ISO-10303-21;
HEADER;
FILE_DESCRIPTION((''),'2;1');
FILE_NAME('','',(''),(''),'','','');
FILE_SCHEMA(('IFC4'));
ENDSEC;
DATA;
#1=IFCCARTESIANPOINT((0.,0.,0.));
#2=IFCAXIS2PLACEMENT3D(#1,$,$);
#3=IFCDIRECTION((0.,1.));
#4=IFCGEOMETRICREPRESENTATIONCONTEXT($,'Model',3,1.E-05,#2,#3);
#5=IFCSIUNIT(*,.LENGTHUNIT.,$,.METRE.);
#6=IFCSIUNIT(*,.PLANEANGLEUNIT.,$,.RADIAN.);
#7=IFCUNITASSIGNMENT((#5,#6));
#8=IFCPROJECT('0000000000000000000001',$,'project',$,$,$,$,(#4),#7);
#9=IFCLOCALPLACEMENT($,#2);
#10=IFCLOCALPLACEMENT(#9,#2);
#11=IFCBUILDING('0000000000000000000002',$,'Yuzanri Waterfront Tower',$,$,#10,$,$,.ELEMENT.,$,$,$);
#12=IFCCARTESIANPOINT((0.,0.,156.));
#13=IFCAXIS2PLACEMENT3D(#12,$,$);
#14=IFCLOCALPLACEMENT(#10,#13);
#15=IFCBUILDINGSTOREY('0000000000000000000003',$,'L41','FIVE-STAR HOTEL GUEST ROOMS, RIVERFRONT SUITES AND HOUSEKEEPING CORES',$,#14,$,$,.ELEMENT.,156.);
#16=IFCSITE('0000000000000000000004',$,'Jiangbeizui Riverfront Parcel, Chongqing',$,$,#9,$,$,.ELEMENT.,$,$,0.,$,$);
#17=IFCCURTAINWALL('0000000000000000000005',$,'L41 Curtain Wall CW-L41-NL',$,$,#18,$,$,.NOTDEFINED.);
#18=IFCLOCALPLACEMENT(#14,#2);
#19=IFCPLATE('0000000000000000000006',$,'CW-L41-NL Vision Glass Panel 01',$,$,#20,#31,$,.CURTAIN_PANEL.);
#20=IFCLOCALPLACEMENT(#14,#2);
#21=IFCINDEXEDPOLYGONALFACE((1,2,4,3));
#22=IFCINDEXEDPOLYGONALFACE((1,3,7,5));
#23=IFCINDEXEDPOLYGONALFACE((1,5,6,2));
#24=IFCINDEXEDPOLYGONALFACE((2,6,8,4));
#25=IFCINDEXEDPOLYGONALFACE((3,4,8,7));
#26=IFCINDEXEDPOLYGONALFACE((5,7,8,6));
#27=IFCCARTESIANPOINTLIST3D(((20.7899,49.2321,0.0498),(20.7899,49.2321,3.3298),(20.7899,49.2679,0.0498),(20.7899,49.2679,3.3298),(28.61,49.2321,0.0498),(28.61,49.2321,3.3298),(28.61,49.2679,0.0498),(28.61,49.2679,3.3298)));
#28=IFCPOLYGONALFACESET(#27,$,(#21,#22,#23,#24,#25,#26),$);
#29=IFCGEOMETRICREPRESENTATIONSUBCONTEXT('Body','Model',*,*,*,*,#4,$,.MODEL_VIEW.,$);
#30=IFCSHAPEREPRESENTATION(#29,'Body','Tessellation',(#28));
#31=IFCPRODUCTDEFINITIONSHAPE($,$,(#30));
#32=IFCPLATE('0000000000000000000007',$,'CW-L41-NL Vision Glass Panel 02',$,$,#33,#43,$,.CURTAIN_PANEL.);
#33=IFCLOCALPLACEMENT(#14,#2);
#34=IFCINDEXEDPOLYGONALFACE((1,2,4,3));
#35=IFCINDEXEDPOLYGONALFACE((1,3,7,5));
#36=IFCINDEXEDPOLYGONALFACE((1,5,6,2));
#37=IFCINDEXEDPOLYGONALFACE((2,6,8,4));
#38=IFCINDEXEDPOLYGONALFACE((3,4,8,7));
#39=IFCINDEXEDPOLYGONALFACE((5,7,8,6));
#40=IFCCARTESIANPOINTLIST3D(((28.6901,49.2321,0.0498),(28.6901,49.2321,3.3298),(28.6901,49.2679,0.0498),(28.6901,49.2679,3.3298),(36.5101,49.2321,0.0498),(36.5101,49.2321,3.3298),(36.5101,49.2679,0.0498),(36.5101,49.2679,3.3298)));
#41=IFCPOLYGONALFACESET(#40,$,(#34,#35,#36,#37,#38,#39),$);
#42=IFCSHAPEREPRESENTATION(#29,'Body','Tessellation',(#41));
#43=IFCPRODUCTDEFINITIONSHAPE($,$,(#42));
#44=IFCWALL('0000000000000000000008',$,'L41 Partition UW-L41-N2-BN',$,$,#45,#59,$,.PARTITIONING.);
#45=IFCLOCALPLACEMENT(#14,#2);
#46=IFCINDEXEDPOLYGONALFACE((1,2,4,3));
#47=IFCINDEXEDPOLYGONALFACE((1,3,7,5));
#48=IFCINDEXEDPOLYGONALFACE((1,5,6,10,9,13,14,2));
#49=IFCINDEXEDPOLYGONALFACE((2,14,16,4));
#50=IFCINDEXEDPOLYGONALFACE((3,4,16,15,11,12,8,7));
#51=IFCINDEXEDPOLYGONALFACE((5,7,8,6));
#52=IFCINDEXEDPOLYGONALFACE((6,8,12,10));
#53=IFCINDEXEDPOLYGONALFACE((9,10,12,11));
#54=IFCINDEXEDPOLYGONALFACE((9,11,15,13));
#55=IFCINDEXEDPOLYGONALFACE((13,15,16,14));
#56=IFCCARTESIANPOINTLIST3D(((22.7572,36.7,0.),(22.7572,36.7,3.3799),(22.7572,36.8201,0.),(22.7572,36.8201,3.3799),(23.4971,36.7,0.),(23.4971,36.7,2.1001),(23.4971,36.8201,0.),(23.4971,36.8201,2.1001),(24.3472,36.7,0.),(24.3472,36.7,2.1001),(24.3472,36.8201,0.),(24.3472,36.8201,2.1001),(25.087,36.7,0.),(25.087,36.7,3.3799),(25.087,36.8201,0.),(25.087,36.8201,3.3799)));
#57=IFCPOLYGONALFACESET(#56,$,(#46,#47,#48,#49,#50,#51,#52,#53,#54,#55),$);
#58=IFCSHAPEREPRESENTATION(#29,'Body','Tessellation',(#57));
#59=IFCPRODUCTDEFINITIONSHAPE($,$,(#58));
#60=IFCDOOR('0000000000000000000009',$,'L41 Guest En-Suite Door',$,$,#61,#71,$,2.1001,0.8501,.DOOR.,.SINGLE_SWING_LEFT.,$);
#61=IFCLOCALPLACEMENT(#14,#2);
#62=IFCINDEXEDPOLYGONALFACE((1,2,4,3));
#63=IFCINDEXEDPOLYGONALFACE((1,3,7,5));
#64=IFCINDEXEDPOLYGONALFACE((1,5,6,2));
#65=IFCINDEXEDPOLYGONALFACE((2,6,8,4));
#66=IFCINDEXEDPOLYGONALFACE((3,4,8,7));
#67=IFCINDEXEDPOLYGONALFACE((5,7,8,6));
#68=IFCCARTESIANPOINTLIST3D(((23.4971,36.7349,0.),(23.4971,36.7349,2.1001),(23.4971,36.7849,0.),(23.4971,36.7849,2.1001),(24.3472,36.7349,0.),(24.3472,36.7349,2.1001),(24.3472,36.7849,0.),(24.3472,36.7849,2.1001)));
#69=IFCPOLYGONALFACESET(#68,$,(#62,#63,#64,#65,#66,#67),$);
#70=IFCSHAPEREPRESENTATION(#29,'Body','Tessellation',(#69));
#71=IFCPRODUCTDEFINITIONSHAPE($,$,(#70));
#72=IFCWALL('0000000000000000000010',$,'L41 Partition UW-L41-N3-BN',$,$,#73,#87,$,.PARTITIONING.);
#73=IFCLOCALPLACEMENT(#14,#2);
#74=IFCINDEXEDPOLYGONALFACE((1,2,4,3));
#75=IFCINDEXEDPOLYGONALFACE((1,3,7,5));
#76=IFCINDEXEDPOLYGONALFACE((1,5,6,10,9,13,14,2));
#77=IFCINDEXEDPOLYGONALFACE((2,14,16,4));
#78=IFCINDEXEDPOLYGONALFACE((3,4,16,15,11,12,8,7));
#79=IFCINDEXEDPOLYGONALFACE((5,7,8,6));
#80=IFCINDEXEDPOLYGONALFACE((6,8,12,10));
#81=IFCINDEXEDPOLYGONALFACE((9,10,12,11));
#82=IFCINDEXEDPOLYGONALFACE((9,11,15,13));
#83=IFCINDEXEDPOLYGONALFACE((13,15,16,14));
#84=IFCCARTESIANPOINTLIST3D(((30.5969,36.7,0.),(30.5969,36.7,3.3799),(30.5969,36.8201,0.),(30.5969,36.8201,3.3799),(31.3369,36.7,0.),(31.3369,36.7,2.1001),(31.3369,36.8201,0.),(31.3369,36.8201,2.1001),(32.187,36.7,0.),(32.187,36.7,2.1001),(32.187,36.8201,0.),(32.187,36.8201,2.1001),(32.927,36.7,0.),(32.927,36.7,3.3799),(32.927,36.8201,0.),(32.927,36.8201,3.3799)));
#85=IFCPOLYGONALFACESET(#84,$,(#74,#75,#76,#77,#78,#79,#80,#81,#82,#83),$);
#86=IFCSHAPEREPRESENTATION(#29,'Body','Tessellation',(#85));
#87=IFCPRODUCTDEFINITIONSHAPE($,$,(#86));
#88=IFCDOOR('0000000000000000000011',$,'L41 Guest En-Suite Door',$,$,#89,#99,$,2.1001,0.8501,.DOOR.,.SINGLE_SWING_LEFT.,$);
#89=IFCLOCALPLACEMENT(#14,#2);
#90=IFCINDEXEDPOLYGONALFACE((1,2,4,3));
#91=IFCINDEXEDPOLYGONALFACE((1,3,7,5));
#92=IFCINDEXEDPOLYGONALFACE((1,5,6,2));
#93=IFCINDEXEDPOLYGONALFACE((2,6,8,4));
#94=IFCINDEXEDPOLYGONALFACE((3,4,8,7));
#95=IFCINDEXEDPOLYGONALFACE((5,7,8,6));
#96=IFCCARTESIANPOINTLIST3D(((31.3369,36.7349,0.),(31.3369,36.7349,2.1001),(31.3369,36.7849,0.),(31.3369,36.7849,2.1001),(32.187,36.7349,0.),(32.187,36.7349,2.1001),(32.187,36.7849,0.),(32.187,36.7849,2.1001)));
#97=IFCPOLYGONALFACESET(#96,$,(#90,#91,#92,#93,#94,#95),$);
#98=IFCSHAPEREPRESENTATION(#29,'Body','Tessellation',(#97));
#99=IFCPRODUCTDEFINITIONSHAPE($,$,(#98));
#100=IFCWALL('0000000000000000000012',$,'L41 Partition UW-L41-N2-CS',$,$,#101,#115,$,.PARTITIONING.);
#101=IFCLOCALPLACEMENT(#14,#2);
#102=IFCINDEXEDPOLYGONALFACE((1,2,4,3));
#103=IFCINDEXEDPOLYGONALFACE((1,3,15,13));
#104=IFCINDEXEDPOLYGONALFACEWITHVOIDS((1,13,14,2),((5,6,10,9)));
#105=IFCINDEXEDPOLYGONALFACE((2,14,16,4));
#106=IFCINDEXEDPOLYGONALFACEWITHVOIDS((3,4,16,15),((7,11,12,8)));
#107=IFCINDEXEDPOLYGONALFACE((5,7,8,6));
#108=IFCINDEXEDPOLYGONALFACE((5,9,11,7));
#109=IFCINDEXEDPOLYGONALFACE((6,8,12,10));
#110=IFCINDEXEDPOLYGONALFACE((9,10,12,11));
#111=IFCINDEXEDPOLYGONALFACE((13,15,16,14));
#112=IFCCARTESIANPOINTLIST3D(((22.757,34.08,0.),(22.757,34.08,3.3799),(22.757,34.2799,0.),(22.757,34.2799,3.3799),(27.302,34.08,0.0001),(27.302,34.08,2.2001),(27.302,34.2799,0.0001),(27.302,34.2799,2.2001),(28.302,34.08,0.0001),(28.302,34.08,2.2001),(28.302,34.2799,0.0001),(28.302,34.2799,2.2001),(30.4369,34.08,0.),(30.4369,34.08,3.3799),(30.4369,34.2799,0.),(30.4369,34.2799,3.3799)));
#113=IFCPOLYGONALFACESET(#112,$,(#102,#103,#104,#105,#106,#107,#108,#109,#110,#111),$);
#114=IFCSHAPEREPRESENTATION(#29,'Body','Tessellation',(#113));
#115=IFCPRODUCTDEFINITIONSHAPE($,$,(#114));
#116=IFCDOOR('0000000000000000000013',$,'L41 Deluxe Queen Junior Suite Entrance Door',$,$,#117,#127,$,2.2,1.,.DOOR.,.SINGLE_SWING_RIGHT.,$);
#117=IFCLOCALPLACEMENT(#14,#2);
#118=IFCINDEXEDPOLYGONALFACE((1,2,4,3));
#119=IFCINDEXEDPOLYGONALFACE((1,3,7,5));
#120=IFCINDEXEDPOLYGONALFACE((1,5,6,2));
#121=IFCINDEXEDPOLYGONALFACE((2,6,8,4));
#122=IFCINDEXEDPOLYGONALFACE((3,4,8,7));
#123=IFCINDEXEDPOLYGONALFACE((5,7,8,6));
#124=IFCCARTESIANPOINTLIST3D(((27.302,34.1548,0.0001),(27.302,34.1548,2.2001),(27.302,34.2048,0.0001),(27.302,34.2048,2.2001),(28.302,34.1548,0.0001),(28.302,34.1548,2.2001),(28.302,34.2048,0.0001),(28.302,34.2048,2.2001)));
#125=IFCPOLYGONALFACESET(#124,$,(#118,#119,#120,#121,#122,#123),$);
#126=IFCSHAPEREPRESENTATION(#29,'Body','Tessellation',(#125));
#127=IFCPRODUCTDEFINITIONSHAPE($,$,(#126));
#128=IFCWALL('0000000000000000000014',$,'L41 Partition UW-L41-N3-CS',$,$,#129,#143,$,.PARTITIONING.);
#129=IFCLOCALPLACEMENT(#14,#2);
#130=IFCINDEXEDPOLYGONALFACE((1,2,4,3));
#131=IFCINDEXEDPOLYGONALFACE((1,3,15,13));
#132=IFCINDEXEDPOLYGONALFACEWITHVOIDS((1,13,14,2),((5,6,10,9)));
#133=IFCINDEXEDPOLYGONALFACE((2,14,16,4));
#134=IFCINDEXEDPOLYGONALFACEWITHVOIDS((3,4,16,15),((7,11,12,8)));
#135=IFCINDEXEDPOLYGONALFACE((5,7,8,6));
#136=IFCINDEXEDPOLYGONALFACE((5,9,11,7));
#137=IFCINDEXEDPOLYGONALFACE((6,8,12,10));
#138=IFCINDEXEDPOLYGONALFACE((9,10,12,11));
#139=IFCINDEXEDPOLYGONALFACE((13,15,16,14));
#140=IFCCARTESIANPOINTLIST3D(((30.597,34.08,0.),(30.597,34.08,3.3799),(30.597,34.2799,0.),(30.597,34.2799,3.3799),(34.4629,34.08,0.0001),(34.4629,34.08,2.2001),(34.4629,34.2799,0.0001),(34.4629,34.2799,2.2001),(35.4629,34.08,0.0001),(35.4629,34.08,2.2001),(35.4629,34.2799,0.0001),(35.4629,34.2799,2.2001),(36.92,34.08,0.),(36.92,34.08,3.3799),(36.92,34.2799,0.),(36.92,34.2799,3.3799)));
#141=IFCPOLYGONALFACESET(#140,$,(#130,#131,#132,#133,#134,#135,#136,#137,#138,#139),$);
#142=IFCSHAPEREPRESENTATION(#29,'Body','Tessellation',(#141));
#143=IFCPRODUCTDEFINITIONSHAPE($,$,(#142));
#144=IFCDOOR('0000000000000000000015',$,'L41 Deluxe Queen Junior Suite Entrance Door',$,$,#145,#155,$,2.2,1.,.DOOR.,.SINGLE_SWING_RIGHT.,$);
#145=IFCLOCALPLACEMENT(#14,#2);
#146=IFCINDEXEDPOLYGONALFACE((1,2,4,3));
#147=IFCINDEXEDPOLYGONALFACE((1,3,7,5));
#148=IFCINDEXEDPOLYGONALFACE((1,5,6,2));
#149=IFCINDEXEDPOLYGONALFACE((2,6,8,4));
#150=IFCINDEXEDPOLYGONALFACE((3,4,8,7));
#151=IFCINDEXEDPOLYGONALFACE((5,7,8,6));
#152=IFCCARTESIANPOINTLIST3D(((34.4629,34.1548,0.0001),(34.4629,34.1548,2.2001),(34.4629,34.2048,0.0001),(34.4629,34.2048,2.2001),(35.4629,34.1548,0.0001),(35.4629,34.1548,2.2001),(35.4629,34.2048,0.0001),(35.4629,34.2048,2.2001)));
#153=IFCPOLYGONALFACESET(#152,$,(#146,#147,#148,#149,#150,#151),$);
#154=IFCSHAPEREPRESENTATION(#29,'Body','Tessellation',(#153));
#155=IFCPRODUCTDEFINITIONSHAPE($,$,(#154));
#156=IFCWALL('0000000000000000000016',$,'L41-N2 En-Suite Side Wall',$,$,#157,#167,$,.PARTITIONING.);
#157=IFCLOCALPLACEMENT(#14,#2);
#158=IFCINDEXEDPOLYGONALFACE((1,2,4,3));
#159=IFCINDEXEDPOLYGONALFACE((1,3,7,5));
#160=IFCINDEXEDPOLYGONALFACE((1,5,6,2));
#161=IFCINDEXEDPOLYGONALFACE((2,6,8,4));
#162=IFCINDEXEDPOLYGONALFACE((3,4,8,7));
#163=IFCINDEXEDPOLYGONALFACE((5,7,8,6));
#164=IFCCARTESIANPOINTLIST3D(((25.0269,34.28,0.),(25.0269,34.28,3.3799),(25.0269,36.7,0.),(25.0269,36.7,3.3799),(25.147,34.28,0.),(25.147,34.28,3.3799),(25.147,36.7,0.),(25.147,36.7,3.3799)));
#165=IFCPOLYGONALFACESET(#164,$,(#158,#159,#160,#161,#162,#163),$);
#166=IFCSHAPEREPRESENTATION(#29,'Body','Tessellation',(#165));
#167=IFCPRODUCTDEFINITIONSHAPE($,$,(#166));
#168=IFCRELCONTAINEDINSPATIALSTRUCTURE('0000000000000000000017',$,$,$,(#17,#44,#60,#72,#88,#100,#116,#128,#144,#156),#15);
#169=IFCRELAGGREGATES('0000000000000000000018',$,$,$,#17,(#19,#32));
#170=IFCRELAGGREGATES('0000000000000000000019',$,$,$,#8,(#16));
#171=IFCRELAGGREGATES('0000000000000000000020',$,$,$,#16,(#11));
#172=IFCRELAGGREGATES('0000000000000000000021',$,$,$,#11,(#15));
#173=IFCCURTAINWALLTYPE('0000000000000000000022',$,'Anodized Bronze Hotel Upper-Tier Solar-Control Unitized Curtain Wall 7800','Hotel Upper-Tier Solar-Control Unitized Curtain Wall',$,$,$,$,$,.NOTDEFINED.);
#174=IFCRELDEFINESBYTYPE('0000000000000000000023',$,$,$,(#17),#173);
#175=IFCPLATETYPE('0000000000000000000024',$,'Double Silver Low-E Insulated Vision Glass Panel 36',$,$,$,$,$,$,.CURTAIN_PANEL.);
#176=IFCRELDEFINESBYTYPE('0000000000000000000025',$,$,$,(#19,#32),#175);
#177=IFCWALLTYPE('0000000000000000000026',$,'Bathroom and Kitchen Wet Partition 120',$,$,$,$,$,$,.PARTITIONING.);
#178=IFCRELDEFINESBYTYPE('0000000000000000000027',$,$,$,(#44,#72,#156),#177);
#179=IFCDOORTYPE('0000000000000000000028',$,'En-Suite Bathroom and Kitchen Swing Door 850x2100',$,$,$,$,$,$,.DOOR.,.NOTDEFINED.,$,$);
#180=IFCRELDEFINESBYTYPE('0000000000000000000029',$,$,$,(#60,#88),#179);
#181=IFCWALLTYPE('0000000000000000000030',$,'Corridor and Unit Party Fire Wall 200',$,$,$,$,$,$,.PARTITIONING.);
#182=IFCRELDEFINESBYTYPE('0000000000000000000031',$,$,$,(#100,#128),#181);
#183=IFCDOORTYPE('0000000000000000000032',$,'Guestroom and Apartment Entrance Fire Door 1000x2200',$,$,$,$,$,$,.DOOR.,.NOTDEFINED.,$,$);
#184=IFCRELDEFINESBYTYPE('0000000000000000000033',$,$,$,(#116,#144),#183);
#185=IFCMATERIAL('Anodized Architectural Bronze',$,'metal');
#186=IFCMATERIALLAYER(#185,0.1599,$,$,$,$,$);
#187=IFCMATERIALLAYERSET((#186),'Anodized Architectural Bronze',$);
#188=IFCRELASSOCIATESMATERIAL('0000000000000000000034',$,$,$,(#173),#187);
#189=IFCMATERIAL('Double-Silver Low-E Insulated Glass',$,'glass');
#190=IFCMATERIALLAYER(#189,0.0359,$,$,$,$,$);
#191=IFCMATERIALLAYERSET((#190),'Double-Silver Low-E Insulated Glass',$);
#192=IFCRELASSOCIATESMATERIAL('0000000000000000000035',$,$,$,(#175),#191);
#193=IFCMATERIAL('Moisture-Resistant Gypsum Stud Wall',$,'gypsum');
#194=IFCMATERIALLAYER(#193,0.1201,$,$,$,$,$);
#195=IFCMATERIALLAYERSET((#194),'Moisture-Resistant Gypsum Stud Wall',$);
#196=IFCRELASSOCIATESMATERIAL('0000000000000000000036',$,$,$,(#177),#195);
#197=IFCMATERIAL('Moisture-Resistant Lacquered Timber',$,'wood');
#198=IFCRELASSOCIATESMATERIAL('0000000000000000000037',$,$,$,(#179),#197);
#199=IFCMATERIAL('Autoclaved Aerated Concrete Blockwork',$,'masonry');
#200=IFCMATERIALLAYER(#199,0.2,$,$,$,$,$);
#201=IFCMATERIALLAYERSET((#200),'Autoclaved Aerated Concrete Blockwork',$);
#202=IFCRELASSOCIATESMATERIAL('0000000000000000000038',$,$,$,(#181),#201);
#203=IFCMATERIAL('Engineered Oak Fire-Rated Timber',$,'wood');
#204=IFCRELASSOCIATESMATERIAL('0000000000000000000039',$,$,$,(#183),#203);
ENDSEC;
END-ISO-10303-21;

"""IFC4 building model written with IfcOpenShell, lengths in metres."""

from ifc_helpers import new_model, si_unit, direction, frame, frame_2d, origin, origin_2d, place, context, subcontext, project, spatial, rectangle, extrude, source, transform, mapped, material, layer, layer_set, type_object, element, fill, aggregate, save


model = new_model("IFC4")

# Units and contexts
model_context = context("Model", 3, precision=1e-05, world=origin(), true_north=direction((0.0, 1.0)))
body_context = subcontext(model_context, "Body", "Model", "MODEL_VIEW")
ifc_project = project(units=[si_unit("LENGTHUNIT", "METRE"), si_unit("PLANEANGLEUNIT", "RADIAN")], contexts=[model_context])

# Site, building, storey
site_placement = place(None, origin())
site = spatial("IfcSite", under=ifc_project, at=site_placement, Name="Jiangbeizui Riverfront Parcel, Chongqing", CompositionType="ELEMENT", RefElevation=0.0)
building_placement = place(site_placement, origin())
building = spatial("IfcBuilding", under=site, at=building_placement, Name="Yuzanri Waterfront Tower", CompositionType="ELEMENT")
storey_placement = place(building_placement, frame((0.0, 0.0, 156.0)))
storey = spatial("IfcBuildingStorey", under=building, at=storey_placement, Name="L41", Description="FIVE-STAR HOTEL GUEST ROOMS, RIVERFRONT SUITES AND HOUSEKEEPING CORES", CompositionType="ELEMENT", Elevation=156.0)

# Curtain wall
ifc_material_1 = material(Name="Anodized Architectural Bronze", Category="metal")
ifc_layer_1 = layer(ifc_material_1, 0.1599)
ifc_layer_set_1 = layer_set([ifc_layer_1], Name="Anodized Architectural Bronze")
curtain_wall_type = type_object("IfcCurtainWallType", Name="Anodized Bronze Hotel Upper-Tier Solar-Control Unitized Curtain Wall 7800", Description="Hotel Upper-Tier Solar-Control Unitized Curtain Wall", PredefinedType="NOTDEFINED", material=ifc_layer_set_1)
curtain_wall_placement = place(storey_placement, origin())
curtain_wall = element("IfcCurtainWall", 1, at=curtain_wall_placement, inside=storey, type_object=curtain_wall_type, Name="L41 Curtain Wall CW-L41-NL", PredefinedType="NOTDEFINED")

# Plates
ifc_material_2 = material(Name="Double-Silver Low-E Insulated Glass", Category="glass")
ifc_layer_2 = layer(ifc_material_2, 0.0359)
ifc_layer_set_2 = layer_set([ifc_layer_2], Name="Double-Silver Low-E Insulated Glass")
plate_type_1 = type_object("IfcPlateType", Name="Double Silver Low-E Insulated Vision Glass Panel 36", PredefinedType="CURTAIN_PANEL", material=ifc_layer_set_2)
shared_shape_1 = source(origin(), body_context, "Body", "SweptSolid", [
    extrude(rectangle(XDim=7.8201, YDim=0.0359, at=origin_2d()), origin(), (0.0, 0.0, 1.0), 3.28),
])
plate_1_placement = place(storey_placement, frame((24.7, 49.25, 0.0498), z_axis=(0.0, 0.0, 1.0), x_axis=(1.0, 0.0, 0.0)))
plate_1 = element("IfcPlate", 2, at=plate_1_placement, type_object=plate_type_1, Name="CW-L41-NL Vision Glass Panel 01", PredefinedType="CURTAIN_PANEL", context=body_context, shape_type="MappedRepresentation", body=[
    mapped(shared_shape_1, transform((0.0, 0.0, 0.0), scale=1.0)),
])
plate_2_placement = place(storey_placement, frame((32.6001, 49.25, 0.0498), z_axis=(0.0, 0.0, 1.0), x_axis=(1.0, 0.0, 0.0)))
plate_2 = element("IfcPlate", 3, at=plate_2_placement, type_object=plate_type_1, Name="CW-L41-NL Vision Glass Panel 02", PredefinedType="CURTAIN_PANEL", context=body_context, shape_type="MappedRepresentation", body=[
    mapped(shared_shape_1, transform((0.0, 0.0, 0.0), scale=1.0)),
])
aggregate(curtain_wall, [plate_1, plate_2])

# Walls, openings, doors
ifc_material_3 = material(Name="Moisture-Resistant Gypsum Stud Wall", Category="gypsum")
ifc_layer_3 = layer(ifc_material_3, 0.1201)
ifc_layer_set_3 = layer_set([ifc_layer_3], Name="Moisture-Resistant Gypsum Stud Wall")
wall_type_1 = type_object("IfcWallType", Name="Bathroom and Kitchen Wet Partition 120", PredefinedType="PARTITIONING", material=ifc_layer_set_3)
wall_1_placement = place(storey_placement, frame((22.7571, 36.76, 0.0), z_axis=(0.0, 0.0, 1.0), x_axis=(1.0, 0.0, 0.0)))
wall_1 = element("IfcWall", 4, at=wall_1_placement, inside=storey, type_object=wall_type_1, Name="L41 Partition UW-L41-N2-BN", PredefinedType="PARTITIONING", context=body_context, shape_type="SweptSolid", body=[
    extrude(rectangle(XDim=2.3298, YDim=0.1201, at=frame_2d((1.165, 0.0))), origin(), (0.0, 0.0, 1.0), 3.3799),
])
opening_1_placement = place(wall_1_placement, frame((0.74, 0.0, 0.0)))
opening_1 = element("IfcOpeningElement", 5, at=opening_1_placement, cuts=wall_1, PredefinedType="OPENING", context=body_context, shape_type="SweptSolid", body=[
    extrude(rectangle(XDim=0.8501, YDim=2.1001, at=frame_2d((0.425, 1.05))), frame((0.0, 0.075, 0.0), z_axis=(0.0, -1.0, 0.0), x_axis=(1.0, 0.0, 0.0)), (0.0, 0.0, 1.0), 0.1499),
])
ifc_material_4 = material(Name="Moisture-Resistant Lacquered Timber", Category="wood")
door_type_1 = type_object("IfcDoorType", Name="En-Suite Bathroom and Kitchen Swing Door 850x2100", OperationType="NOTDEFINED", PredefinedType="DOOR", material=ifc_material_4)
shared_shape_2 = source(origin(), body_context, "Body", "SweptSolid", [
    extrude(rectangle(XDim=0.8501, YDim=2.1001, at=frame_2d((0.425, 1.05))), frame((0.0, 0.0249, 0.0), z_axis=(0.0, -1.0, 0.0), x_axis=(1.0, 0.0, 0.0)), (0.0, 0.0, 1.0), 0.05),
])
door_1_placement = place(opening_1_placement, origin())
door_1 = element("IfcDoor", 6, at=door_1_placement, inside=storey, type_object=door_type_1, Name="L41 Guest En-Suite Door", OperationType="SINGLE_SWING_LEFT", OverallHeight=2.1001, OverallWidth=0.8501, PredefinedType="DOOR", context=body_context, shape_type="MappedRepresentation", body=[
    mapped(shared_shape_2, transform((0.0, 0.0, 0.0), scale=1.0)),
])
fill(opening_1, door_1)
wall_2_placement = place(storey_placement, frame((30.5969, 36.76, 0.0), z_axis=(0.0, 0.0, 1.0), x_axis=(1.0, 0.0, 0.0)))
wall_2 = element("IfcWall", 7, at=wall_2_placement, inside=storey, type_object=wall_type_1, Name="L41 Partition UW-L41-N3-BN", PredefinedType="PARTITIONING", context=body_context, shape_type="SweptSolid", body=[
    extrude(rectangle(XDim=2.3301, YDim=0.1201, at=frame_2d((1.165, 0.0))), origin(), (0.0, 0.0, 1.0), 3.3799),
])
opening_2_placement = place(wall_2_placement, frame((0.74, 0.0, 0.0)))
opening_2 = element("IfcOpeningElement", 8, at=opening_2_placement, cuts=wall_2, PredefinedType="OPENING", context=body_context, shape_type="SweptSolid", body=[
    extrude(rectangle(XDim=0.8501, YDim=2.1001, at=frame_2d((0.425, 1.05))), frame((0.0, 0.075, 0.0), z_axis=(0.0, -1.0, 0.0), x_axis=(1.0, 0.0, 0.0)), (0.0, 0.0, 1.0), 0.1499),
])
door_2_placement = place(opening_2_placement, origin())
door_2 = element("IfcDoor", 9, at=door_2_placement, inside=storey, type_object=door_type_1, Name="L41 Guest En-Suite Door", OperationType="SINGLE_SWING_LEFT", OverallHeight=2.1001, OverallWidth=0.8501, PredefinedType="DOOR", context=body_context, shape_type="MappedRepresentation", body=[
    mapped(shared_shape_2, transform((0.0, 0.0, 0.0), scale=1.0)),
])
fill(opening_2, door_2)
ifc_material_5 = material(Name="Autoclaved Aerated Concrete Blockwork", Category="masonry")
ifc_layer_4 = layer(ifc_material_5, 0.2)
ifc_layer_set_4 = layer_set([ifc_layer_4], Name="Autoclaved Aerated Concrete Blockwork")
wall_type_2 = type_object("IfcWallType", Name="Corridor and Unit Party Fire Wall 200", PredefinedType="PARTITIONING", material=ifc_layer_set_4)
wall_3_placement = place(storey_placement, frame((22.7571, 34.1799, 0.0), z_axis=(0.0, 0.0, 1.0), x_axis=(1.0, 0.0, 0.0)))
wall_3 = element("IfcWall", 10, at=wall_3_placement, inside=storey, type_object=wall_type_2, Name="L41 Partition UW-L41-N2-CS", PredefinedType="PARTITIONING", context=body_context, shape_type="SweptSolid", body=[
    extrude(rectangle(XDim=7.6799, YDim=0.2, at=frame_2d((3.8398, 0.0))), origin(), (0.0, 0.0, 1.0), 3.3799),
])
opening_3_placement = place(wall_3_placement, frame((4.5449, 0.0, 0.0)))
opening_3 = element("IfcOpeningElement", 11, at=opening_3_placement, cuts=wall_3, PredefinedType="OPENING", context=body_context, shape_type="SweptSolid", body=[
    extrude(rectangle(XDim=1.0, YDim=2.2, at=frame_2d((0.5, 1.1001))), frame((0.0, 0.1147, 0.0), z_axis=(0.0, -1.0, 0.0), x_axis=(1.0, 0.0, 0.0)), (0.0, 0.0, 1.0), 0.2297),
])
ifc_material_6 = material(Name="Engineered Oak Fire-Rated Timber", Category="wood")
door_type_2 = type_object("IfcDoorType", Name="Guestroom and Apartment Entrance Fire Door 1000x2200", OperationType="NOTDEFINED", PredefinedType="DOOR", material=ifc_material_6)
shared_shape_3 = source(origin(), body_context, "Body", "SweptSolid", [
    extrude(rectangle(XDim=1.0, YDim=2.2, at=frame_2d((0.5, 1.1001))), frame((0.0, 0.0249, 0.0), z_axis=(0.0, -1.0, 0.0), x_axis=(1.0, 0.0, 0.0)), (0.0, 0.0, 1.0), 0.05),
])
door_3_placement = place(opening_3_placement, origin())
door_3 = element("IfcDoor", 12, at=door_3_placement, inside=storey, type_object=door_type_2, Name="L41 Deluxe Queen Junior Suite Entrance Door", OperationType="SINGLE_SWING_RIGHT", OverallHeight=2.2, OverallWidth=1.0, PredefinedType="DOOR", context=body_context, shape_type="MappedRepresentation", body=[
    mapped(shared_shape_3, transform((0.0, 0.0, 0.0), scale=1.0)),
])
fill(opening_3, door_3)
wall_4_placement = place(storey_placement, frame((30.5969, 34.1799, 0.0), z_axis=(0.0, 0.0, 1.0), x_axis=(1.0, 0.0, 0.0)))
wall_4 = element("IfcWall", 13, at=wall_4_placement, inside=storey, type_object=wall_type_2, Name="L41 Partition UW-L41-N3-CS", PredefinedType="PARTITIONING", context=body_context, shape_type="SweptSolid", body=[
    extrude(rectangle(XDim=6.323, YDim=0.2, at=frame_2d((3.1616, 0.0))), origin(), (0.0, 0.0, 1.0), 3.3799),
])
opening_4_placement = place(wall_4_placement, frame((3.866, 0.0, 0.0)))
opening_4 = element("IfcOpeningElement", 14, at=opening_4_placement, cuts=wall_4, PredefinedType="OPENING", context=body_context, shape_type="SweptSolid", body=[
    extrude(rectangle(XDim=1.0, YDim=2.2, at=frame_2d((0.5, 1.1001))), frame((0.0, 0.1147, 0.0), z_axis=(0.0, -1.0, 0.0), x_axis=(1.0, 0.0, 0.0)), (0.0, 0.0, 1.0), 0.2297),
])
door_4_placement = place(opening_4_placement, origin())
door_4 = element("IfcDoor", 15, at=door_4_placement, inside=storey, type_object=door_type_2, Name="L41 Deluxe Queen Junior Suite Entrance Door", OperationType="SINGLE_SWING_RIGHT", OverallHeight=2.2, OverallWidth=1.0, PredefinedType="DOOR", context=body_context, shape_type="MappedRepresentation", body=[
    mapped(shared_shape_3, transform((0.0, 0.0, 0.0), scale=1.0)),
])
fill(opening_4, door_4)

# Wall
shared_shape_4 = source(origin(), body_context, "Body", "SweptSolid", [
    extrude(rectangle(XDim=2.4199, YDim=0.1201, at=frame_2d((1.21, 0.0))), origin(), (0.0, 0.0, 1.0), 3.3799),
])
for number, where, z_axis, x_axis, name in (
    (16, (25.0869, 34.28, 0.0), (0.0, 0.0, 1.0), (0.0, 1.0, 0.0), "L41-N2 En-Suite Side Wall"),
):
    element("IfcWall", number, at=place(storey_placement, frame(where, z_axis=z_axis, x_axis=x_axis)), inside=storey, type_object=wall_type_1, Name=name, PredefinedType="PARTITIONING", context=body_context, shape_type="MappedRepresentation", body=[
        mapped(shared_shape_4, transform((0.0, 0.0, 0.0), scale=1.0)),
    ])

save(model, "model.ifc")
